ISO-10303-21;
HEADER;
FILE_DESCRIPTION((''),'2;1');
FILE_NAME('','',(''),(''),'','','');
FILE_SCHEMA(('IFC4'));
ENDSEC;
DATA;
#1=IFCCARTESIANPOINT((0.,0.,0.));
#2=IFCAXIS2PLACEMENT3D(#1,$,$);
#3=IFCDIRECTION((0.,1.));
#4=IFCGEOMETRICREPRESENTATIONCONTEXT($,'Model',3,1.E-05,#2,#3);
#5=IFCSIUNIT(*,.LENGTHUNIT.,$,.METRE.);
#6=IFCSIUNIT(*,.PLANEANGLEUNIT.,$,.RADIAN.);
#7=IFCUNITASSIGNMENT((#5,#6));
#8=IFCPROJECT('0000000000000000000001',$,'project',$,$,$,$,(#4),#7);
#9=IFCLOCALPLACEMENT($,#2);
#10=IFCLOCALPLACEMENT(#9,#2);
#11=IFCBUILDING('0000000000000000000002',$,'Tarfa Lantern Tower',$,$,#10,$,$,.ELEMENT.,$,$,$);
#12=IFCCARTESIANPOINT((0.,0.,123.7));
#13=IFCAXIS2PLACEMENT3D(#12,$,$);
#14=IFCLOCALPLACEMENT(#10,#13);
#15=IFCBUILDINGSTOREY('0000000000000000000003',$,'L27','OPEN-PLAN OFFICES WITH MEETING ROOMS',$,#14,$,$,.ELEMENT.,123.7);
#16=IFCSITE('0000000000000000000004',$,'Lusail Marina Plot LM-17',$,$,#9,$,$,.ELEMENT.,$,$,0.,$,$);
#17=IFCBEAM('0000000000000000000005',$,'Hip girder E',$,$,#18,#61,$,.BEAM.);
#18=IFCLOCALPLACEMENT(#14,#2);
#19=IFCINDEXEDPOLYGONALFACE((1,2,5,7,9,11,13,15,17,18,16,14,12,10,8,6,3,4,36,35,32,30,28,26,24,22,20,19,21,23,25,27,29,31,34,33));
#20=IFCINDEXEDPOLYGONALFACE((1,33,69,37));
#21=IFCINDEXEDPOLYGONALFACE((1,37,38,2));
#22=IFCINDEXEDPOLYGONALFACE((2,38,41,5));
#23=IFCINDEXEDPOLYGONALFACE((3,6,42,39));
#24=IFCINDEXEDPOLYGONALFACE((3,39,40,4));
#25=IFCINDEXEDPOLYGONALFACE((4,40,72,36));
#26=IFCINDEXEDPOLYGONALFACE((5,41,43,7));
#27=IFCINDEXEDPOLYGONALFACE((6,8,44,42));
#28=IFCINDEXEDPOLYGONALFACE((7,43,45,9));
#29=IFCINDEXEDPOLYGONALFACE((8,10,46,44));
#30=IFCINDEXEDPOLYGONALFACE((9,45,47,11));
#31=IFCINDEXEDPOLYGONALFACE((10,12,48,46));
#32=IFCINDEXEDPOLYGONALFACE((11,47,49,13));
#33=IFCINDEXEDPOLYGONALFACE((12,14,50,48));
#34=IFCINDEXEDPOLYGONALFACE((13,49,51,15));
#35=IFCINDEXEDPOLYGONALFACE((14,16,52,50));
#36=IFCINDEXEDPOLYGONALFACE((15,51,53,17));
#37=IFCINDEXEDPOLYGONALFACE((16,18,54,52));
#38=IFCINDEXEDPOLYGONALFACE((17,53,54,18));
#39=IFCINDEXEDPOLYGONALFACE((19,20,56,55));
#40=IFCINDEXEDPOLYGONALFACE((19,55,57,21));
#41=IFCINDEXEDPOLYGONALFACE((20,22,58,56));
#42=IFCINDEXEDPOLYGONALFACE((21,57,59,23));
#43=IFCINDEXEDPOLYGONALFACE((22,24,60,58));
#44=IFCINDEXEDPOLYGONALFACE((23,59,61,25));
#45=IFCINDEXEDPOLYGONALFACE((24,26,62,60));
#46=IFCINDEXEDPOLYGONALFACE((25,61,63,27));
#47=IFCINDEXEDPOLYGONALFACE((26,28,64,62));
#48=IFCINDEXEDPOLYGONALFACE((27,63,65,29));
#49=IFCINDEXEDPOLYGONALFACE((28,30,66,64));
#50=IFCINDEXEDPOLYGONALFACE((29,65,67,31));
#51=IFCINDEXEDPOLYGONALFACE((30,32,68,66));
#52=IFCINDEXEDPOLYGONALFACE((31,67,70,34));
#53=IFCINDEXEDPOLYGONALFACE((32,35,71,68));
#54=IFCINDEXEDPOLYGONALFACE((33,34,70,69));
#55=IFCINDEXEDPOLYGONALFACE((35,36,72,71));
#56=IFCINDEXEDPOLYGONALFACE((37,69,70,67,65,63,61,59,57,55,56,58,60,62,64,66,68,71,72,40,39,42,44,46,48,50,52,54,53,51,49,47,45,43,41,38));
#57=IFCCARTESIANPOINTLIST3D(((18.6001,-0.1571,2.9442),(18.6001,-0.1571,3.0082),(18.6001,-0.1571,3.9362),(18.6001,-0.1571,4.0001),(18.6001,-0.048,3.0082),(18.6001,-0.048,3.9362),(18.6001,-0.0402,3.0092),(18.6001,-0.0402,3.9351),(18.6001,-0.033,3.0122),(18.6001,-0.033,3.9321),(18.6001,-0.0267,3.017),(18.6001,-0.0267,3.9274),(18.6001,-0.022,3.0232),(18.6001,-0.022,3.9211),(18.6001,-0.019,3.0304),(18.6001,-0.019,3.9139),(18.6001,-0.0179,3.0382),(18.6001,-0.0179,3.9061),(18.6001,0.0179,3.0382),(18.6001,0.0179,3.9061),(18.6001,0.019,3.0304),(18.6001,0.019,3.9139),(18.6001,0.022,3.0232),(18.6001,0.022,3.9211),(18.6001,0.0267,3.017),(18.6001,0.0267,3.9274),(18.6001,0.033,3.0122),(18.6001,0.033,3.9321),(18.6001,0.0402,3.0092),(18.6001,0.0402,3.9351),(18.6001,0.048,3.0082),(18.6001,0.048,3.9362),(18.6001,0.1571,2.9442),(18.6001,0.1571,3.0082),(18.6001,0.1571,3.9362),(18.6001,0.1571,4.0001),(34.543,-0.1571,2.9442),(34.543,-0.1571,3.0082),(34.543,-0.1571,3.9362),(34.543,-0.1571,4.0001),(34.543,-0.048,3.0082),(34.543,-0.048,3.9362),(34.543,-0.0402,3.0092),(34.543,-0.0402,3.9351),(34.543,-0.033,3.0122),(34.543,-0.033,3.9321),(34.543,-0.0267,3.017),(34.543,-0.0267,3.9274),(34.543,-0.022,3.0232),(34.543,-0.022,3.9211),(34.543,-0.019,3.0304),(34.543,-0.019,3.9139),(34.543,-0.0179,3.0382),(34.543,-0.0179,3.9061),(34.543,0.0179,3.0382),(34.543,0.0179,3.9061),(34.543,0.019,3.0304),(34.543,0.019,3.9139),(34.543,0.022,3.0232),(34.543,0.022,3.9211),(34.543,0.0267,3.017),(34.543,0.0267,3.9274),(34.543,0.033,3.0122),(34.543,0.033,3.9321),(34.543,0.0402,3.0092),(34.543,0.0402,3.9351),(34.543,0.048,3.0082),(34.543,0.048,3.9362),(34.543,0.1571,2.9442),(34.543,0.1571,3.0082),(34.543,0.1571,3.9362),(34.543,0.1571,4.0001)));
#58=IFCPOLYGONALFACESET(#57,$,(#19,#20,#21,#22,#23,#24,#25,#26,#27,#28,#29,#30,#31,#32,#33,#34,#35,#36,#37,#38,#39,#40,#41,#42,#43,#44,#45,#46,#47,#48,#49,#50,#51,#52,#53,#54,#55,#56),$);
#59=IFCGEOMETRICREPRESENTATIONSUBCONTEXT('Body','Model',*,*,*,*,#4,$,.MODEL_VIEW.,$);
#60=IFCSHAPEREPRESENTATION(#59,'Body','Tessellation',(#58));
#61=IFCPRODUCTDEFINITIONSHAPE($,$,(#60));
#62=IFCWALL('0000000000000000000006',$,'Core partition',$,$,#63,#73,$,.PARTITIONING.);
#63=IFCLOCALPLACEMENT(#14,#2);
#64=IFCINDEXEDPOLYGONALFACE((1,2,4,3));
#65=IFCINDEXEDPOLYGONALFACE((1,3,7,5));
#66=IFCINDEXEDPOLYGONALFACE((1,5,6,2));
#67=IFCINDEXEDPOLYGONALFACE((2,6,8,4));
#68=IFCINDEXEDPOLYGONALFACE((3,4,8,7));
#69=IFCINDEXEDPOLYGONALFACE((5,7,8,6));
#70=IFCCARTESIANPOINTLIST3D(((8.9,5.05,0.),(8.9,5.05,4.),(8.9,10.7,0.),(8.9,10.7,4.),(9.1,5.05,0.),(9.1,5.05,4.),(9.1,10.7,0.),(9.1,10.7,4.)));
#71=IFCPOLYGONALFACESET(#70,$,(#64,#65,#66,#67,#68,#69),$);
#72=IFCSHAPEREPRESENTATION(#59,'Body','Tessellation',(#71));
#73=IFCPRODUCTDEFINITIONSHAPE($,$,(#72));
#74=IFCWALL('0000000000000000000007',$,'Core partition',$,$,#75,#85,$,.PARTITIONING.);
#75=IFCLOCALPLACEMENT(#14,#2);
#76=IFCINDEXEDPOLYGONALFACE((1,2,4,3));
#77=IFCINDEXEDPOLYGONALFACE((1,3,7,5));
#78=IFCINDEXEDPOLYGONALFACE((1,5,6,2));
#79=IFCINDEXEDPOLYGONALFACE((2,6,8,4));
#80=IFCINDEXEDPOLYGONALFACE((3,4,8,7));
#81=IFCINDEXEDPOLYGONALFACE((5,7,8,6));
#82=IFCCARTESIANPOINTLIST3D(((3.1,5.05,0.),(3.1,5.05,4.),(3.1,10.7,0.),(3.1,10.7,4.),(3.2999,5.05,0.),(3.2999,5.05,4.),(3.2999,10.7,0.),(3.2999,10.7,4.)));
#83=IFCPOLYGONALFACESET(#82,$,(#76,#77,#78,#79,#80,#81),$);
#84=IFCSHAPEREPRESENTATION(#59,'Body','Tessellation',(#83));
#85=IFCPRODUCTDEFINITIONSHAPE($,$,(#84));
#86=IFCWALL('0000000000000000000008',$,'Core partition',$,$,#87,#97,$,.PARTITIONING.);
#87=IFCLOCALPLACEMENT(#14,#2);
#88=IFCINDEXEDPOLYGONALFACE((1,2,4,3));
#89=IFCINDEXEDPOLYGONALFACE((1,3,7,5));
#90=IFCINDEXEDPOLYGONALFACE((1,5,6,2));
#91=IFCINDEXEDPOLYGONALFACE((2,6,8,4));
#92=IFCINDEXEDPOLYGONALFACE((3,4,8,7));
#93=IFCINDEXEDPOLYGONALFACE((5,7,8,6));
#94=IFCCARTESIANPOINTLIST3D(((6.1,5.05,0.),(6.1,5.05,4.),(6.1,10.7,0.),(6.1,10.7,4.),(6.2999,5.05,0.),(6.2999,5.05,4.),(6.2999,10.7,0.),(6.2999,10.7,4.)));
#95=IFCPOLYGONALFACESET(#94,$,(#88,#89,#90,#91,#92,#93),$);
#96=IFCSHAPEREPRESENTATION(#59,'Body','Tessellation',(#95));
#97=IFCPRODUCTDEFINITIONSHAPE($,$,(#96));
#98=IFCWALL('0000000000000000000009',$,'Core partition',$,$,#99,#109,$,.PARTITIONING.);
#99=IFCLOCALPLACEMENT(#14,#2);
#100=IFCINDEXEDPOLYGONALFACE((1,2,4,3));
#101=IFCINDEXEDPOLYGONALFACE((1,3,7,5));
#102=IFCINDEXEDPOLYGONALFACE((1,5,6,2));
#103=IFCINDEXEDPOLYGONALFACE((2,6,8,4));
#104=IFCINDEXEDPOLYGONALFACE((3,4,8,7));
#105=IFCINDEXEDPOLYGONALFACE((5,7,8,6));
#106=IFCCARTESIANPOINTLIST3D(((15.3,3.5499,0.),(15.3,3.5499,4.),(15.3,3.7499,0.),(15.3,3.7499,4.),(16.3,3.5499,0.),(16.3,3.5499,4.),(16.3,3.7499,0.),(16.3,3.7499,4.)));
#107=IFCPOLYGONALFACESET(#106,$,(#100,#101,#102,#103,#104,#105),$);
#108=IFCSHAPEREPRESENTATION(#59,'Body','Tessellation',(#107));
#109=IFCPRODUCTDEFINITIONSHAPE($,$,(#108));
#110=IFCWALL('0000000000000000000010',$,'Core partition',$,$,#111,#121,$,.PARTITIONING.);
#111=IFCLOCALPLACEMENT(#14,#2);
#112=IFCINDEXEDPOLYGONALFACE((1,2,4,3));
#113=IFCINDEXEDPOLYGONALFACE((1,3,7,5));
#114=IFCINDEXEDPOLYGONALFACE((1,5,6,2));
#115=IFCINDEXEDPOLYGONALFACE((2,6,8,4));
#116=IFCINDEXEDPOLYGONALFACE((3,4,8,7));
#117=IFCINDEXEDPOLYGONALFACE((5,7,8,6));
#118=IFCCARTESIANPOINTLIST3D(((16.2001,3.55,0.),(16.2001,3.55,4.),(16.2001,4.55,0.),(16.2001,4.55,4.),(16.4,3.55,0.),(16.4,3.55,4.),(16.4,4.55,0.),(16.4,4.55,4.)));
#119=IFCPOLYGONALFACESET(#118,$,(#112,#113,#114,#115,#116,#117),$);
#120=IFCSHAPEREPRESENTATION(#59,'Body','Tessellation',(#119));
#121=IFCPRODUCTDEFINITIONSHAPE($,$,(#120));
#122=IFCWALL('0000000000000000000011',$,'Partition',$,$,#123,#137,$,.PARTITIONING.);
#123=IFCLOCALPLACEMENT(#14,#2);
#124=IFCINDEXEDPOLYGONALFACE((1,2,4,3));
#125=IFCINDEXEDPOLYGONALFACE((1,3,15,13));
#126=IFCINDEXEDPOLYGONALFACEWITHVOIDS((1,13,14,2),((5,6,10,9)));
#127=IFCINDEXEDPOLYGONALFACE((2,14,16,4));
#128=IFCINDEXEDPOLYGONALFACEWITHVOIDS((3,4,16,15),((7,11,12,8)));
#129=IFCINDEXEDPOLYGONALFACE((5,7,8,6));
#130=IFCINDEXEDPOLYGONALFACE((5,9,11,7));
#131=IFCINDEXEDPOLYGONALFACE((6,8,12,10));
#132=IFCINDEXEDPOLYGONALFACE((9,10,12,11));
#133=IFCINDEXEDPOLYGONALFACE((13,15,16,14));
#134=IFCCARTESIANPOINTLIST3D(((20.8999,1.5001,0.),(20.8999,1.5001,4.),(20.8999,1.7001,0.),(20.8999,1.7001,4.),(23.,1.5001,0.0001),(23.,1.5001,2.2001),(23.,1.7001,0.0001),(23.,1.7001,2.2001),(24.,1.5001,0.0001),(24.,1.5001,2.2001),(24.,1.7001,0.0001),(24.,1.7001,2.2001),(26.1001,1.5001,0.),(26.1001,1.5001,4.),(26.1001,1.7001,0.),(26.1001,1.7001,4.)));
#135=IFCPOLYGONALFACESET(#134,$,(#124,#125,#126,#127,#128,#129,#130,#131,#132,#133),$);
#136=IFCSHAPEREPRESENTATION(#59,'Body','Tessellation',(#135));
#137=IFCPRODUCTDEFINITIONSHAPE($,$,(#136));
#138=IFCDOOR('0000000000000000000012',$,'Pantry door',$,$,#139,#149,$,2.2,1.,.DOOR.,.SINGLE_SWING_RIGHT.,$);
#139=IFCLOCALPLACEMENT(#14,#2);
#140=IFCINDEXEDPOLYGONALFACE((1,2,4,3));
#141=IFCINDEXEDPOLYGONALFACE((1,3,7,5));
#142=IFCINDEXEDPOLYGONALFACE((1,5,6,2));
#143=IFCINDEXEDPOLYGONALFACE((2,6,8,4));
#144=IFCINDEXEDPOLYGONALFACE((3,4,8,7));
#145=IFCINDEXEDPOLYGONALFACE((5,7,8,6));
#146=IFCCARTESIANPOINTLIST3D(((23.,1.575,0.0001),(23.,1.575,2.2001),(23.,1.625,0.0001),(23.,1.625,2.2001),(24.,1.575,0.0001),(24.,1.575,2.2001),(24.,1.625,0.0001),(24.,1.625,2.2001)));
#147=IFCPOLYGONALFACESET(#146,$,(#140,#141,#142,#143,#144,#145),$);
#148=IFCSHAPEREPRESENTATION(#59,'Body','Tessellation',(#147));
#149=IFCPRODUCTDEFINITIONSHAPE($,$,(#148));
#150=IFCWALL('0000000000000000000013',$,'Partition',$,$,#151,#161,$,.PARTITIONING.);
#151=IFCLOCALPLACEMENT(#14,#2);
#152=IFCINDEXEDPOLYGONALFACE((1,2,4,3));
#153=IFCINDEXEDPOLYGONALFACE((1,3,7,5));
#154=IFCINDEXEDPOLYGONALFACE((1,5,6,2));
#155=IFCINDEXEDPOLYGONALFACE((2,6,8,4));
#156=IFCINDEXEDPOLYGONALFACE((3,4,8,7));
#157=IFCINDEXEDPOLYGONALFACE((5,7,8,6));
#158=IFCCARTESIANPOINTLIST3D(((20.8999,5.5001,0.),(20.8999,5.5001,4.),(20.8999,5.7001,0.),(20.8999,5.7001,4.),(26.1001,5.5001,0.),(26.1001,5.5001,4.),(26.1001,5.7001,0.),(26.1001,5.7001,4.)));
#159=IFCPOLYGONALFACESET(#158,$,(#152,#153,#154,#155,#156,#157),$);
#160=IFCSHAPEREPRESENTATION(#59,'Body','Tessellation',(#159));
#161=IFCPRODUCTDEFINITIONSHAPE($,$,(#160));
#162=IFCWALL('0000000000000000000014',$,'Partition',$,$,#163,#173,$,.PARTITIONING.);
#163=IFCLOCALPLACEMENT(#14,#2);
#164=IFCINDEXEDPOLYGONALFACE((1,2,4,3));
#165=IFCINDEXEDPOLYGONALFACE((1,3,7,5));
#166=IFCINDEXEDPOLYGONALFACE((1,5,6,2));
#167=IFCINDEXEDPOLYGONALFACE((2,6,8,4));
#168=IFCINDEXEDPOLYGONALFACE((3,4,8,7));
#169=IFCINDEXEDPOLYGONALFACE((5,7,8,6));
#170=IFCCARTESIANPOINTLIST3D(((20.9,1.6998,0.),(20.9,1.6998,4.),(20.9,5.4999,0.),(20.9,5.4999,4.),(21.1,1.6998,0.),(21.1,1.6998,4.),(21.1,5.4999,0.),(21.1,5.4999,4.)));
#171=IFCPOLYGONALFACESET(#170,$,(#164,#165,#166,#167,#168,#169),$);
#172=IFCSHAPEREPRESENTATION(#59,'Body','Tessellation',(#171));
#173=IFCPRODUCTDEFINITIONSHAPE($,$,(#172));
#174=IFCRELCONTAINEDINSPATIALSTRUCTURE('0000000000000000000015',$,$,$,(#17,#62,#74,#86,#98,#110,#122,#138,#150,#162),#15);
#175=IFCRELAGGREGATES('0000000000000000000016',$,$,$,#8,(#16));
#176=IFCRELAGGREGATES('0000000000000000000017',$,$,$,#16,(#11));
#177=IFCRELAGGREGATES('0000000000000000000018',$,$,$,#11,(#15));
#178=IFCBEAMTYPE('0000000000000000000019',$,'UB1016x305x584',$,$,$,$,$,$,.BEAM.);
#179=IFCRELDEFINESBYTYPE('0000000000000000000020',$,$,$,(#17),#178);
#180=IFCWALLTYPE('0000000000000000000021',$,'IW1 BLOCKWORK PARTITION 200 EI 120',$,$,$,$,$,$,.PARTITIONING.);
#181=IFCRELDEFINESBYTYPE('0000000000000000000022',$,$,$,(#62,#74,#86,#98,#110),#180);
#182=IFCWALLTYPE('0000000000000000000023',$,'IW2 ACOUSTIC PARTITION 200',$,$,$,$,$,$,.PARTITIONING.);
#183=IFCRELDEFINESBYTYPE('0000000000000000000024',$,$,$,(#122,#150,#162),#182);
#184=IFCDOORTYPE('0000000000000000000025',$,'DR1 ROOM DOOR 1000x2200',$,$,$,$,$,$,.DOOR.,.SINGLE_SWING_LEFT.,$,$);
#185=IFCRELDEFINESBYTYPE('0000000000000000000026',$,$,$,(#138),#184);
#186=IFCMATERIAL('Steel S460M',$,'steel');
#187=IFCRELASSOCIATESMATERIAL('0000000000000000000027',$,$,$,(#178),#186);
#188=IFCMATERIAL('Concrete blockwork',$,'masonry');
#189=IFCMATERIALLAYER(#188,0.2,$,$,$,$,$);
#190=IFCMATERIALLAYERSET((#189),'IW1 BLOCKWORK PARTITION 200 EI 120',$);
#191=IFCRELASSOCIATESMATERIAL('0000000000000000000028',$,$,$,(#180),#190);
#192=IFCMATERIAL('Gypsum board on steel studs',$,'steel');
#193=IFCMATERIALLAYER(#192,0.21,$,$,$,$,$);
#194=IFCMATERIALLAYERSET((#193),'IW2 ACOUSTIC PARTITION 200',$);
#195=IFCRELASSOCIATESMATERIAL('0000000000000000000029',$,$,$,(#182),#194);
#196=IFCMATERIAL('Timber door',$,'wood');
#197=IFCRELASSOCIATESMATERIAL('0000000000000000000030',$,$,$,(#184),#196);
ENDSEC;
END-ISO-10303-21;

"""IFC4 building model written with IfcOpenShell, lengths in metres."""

from ifc_helpers import new_model, si_unit, direction, frame, frame_2d, origin, origin_2d, place, context, subcontext, project, spatial, rectangle, i_section, extrude, material, layer, layer_set, material_profile, profile_set, type_object, element, fill, save


model = new_model("IFC4")

# Units and contexts
model_context = context("Model", 3, precision=1e-05, world=origin(), true_north=direction((0.0, 1.0)))
body_context = subcontext(model_context, "Body", "Model", "MODEL_VIEW")
ifc_project = project(units=[si_unit("LENGTHUNIT", "METRE"), si_unit("PLANEANGLEUNIT", "RADIAN")], contexts=[model_context])

# Site, building, storey
site_placement = place(None, origin())
site = spatial("IfcSite", under=ifc_project, at=site_placement, Name="Lusail Marina Plot LM-17", CompositionType="ELEMENT", RefElevation=0.0)
building_placement = place(site_placement, origin())
building = spatial("IfcBuilding", under=site, at=building_placement, Name="Tarfa Lantern Tower", CompositionType="ELEMENT")
storey_placement = place(building_placement, frame((0.0, 0.0, 123.7)))
storey = spatial("IfcBuildingStorey", under=building, at=storey_placement, Name="L27", Description="OPEN-PLAN OFFICES WITH MEETING ROOMS", CompositionType="ELEMENT", Elevation=123.7)

# Beam
ifc_material_1 = material(Name="Steel S460M", Category="steel")
ifc_material_profile = material_profile(ifc_material_1, i_section(OverallWidth=0.3142, OverallDepth=1.0559, WebThickness=0.0359, FlangeThickness=0.064, FilletRadius=0.03, at=origin_2d()), Name="UB1016x305x584")
ifc_profile_set = profile_set([ifc_material_profile], Name="Steel S460M")
beam_type = type_object("IfcBeamType", Name="UB1016x305x584", PredefinedType="BEAM", material=ifc_profile_set)
beam_placement = place(storey_placement, frame((18.6001, 0.0, 3.4722), z_axis=(1.0, 0.0, 0.0), x_axis=(0.0, 1.0, 0.0)))
element("IfcBeam", 1, at=beam_placement, inside=storey, type_object=beam_type, Name="Hip girder E", PredefinedType="BEAM", context=body_context, shape_type="SweptSolid", body=[
    extrude(i_section(OverallWidth=0.3142, OverallDepth=1.0559, WebThickness=0.0359, FlangeThickness=0.064, FilletRadius=0.03, at=origin_2d()), origin(), (0.0, 0.0, 1.0), 15.9429),
])

# Walls
ifc_material_2 = material(Name="Concrete blockwork", Category="masonry")
ifc_layer_1 = layer(ifc_material_2, 0.2)
ifc_layer_set_1 = layer_set([ifc_layer_1], Name="IW1 BLOCKWORK PARTITION 200 EI 120")
wall_type_1 = type_object("IfcWallType", Name="IW1 BLOCKWORK PARTITION 200 EI 120", PredefinedType="PARTITIONING", material=ifc_layer_set_1)
for number, where, z_axis, x_axis, name in (
    (2, (9.0, 5.05, 0.0), (0.0, 0.0, 1.0), (0.0, 1.0, 0.0), "Core partition"),
    (3, (3.2, 5.05, 0.0), (0.0, 0.0, 1.0), (0.0, 1.0, 0.0), "Core partition"),
    (4, (6.2, 5.05, 0.0), (0.0, 0.0, 1.0), (0.0, 1.0, 0.0), "Core partition"),
):
    element("IfcWall", number, at=place(storey_placement, frame(where, z_axis=z_axis, x_axis=x_axis)), inside=storey, type_object=wall_type_1, Name=name, PredefinedType="PARTITIONING", context=body_context, shape_type="SweptSolid", body=[
        extrude(rectangle(XDim=5.6499, YDim=0.2, at=frame_2d((2.825, 0.0))), origin(), (0.0, 0.0, 1.0), 4.0),
    ])
for number, where, z_axis, x_axis, name in (
    (5, (15.3, 3.6499, 0.0), (0.0, 0.0, 1.0), (1.0, 0.0, 0.0), "Core partition"),
    (6, (16.3, 3.55, 0.0), (0.0, 0.0, 1.0), (0.0, 1.0, 0.0), "Core partition"),
):
    element("IfcWall", number, at=place(storey_placement, frame(where, z_axis=z_axis, x_axis=x_axis)), inside=storey, type_object=wall_type_1, Name=name, PredefinedType="PARTITIONING", context=body_context, shape_type="SweptSolid", body=[
        extrude(rectangle(XDim=1.0, YDim=0.2, at=frame_2d((0.5, 0.0))), origin(), (0.0, 0.0, 1.0), 4.0),
    ])

# Wall, opening, door
ifc_material_3 = material(Name="Gypsum board on steel studs", Category="steel")
ifc_layer_2 = layer(ifc_material_3, 0.21)
ifc_layer_set_2 = layer_set([ifc_layer_2], Name="IW2 ACOUSTIC PARTITION 200")
wall_type_2 = type_object("IfcWallType", Name="IW2 ACOUSTIC PARTITION 200", PredefinedType="PARTITIONING", material=ifc_layer_set_2)
wall_1_placement = place(storey_placement, frame((20.8999, 1.6001, 0.0), z_axis=(0.0, 0.0, 1.0), x_axis=(1.0, 0.0, 0.0)))
wall_1 = element("IfcWall", 7, at=wall_1_placement, inside=storey, type_object=wall_type_2, Name="Partition", PredefinedType="PARTITIONING", context=body_context, shape_type="SweptSolid", body=[
    extrude(rectangle(XDim=5.2002, YDim=0.2, at=frame_2d((2.6001, 0.0))), origin(), (0.0, 0.0, 1.0), 4.0),
])
opening_1_placement = place(wall_1_placement, frame((2.1001, 0.0, 0.0)))
opening_1 = element("IfcOpeningElement", 8, at=opening_1_placement, cuts=wall_1, PredefinedType="OPENING", context=body_context, shape_type="SweptSolid", body=[
    extrude(rectangle(XDim=1.0, YDim=2.2, at=frame_2d((0.5, 1.1001))), frame((0.0, 0.1099, 0.0), z_axis=(0.0, -1.0, 0.0), x_axis=(1.0, 0.0, 0.0)), (0.0, 0.0, 1.0), 0.22),
])
ifc_material_4 = material(Name="Timber door", Category="wood")
door_type_1 = type_object("IfcDoorType", Name="DR1 ROOM DOOR 1000x2200", OperationType="SINGLE_SWING_LEFT", PredefinedType="DOOR", material=ifc_material_4)
door_1_placement = place(opening_1_placement, origin())
door_1 = element("IfcDoor", 9, at=door_1_placement, inside=storey, type_object=door_type_1, Name="Pantry door", OperationType="SINGLE_SWING_RIGHT", OverallHeight=2.2, OverallWidth=1.0, PredefinedType="DOOR", context=body_context, shape_type="SweptSolid", body=[
    extrude(rectangle(XDim=1.0, YDim=2.2, at=frame_2d((0.5, 1.1001))), frame((0.0, 0.0249, 0.0), z_axis=(0.0, -1.0, 0.0), x_axis=(1.0, 0.0, 0.0)), (0.0, 0.0, 1.0), 0.05),
])
fill(opening_1, door_1)

# Walls
wall_2_placement = place(storey_placement, frame((20.8999, 5.6001, 0.0), z_axis=(0.0, 0.0, 1.0), x_axis=(1.0, 0.0, 0.0)))
element("IfcWall", 10, at=wall_2_placement, inside=storey, type_object=wall_type_2, Name="Partition", PredefinedType="PARTITIONING", context=body_context, shape_type="SweptSolid", body=[
    extrude(rectangle(XDim=5.2002, YDim=0.2, at=frame_2d((2.6001, 0.0))), origin(), (0.0, 0.0, 1.0), 4.0),
])
wall_3_placement = place(storey_placement, frame((21.0, 1.7, 0.0), z_axis=(0.0, 0.0, 1.0), x_axis=(0.0, 1.0, 0.0)))
element("IfcWall", 11, at=wall_3_placement, inside=storey, type_object=wall_type_2, Name="Partition", PredefinedType="PARTITIONING", context=body_context, shape_type="SweptSolid", body=[
    extrude(rectangle(XDim=3.8, YDim=0.2, at=frame_2d((1.8999, 0.0))), origin(), (0.0, 0.0, 1.0), 4.0),
])

save(model, "model.ifc")
